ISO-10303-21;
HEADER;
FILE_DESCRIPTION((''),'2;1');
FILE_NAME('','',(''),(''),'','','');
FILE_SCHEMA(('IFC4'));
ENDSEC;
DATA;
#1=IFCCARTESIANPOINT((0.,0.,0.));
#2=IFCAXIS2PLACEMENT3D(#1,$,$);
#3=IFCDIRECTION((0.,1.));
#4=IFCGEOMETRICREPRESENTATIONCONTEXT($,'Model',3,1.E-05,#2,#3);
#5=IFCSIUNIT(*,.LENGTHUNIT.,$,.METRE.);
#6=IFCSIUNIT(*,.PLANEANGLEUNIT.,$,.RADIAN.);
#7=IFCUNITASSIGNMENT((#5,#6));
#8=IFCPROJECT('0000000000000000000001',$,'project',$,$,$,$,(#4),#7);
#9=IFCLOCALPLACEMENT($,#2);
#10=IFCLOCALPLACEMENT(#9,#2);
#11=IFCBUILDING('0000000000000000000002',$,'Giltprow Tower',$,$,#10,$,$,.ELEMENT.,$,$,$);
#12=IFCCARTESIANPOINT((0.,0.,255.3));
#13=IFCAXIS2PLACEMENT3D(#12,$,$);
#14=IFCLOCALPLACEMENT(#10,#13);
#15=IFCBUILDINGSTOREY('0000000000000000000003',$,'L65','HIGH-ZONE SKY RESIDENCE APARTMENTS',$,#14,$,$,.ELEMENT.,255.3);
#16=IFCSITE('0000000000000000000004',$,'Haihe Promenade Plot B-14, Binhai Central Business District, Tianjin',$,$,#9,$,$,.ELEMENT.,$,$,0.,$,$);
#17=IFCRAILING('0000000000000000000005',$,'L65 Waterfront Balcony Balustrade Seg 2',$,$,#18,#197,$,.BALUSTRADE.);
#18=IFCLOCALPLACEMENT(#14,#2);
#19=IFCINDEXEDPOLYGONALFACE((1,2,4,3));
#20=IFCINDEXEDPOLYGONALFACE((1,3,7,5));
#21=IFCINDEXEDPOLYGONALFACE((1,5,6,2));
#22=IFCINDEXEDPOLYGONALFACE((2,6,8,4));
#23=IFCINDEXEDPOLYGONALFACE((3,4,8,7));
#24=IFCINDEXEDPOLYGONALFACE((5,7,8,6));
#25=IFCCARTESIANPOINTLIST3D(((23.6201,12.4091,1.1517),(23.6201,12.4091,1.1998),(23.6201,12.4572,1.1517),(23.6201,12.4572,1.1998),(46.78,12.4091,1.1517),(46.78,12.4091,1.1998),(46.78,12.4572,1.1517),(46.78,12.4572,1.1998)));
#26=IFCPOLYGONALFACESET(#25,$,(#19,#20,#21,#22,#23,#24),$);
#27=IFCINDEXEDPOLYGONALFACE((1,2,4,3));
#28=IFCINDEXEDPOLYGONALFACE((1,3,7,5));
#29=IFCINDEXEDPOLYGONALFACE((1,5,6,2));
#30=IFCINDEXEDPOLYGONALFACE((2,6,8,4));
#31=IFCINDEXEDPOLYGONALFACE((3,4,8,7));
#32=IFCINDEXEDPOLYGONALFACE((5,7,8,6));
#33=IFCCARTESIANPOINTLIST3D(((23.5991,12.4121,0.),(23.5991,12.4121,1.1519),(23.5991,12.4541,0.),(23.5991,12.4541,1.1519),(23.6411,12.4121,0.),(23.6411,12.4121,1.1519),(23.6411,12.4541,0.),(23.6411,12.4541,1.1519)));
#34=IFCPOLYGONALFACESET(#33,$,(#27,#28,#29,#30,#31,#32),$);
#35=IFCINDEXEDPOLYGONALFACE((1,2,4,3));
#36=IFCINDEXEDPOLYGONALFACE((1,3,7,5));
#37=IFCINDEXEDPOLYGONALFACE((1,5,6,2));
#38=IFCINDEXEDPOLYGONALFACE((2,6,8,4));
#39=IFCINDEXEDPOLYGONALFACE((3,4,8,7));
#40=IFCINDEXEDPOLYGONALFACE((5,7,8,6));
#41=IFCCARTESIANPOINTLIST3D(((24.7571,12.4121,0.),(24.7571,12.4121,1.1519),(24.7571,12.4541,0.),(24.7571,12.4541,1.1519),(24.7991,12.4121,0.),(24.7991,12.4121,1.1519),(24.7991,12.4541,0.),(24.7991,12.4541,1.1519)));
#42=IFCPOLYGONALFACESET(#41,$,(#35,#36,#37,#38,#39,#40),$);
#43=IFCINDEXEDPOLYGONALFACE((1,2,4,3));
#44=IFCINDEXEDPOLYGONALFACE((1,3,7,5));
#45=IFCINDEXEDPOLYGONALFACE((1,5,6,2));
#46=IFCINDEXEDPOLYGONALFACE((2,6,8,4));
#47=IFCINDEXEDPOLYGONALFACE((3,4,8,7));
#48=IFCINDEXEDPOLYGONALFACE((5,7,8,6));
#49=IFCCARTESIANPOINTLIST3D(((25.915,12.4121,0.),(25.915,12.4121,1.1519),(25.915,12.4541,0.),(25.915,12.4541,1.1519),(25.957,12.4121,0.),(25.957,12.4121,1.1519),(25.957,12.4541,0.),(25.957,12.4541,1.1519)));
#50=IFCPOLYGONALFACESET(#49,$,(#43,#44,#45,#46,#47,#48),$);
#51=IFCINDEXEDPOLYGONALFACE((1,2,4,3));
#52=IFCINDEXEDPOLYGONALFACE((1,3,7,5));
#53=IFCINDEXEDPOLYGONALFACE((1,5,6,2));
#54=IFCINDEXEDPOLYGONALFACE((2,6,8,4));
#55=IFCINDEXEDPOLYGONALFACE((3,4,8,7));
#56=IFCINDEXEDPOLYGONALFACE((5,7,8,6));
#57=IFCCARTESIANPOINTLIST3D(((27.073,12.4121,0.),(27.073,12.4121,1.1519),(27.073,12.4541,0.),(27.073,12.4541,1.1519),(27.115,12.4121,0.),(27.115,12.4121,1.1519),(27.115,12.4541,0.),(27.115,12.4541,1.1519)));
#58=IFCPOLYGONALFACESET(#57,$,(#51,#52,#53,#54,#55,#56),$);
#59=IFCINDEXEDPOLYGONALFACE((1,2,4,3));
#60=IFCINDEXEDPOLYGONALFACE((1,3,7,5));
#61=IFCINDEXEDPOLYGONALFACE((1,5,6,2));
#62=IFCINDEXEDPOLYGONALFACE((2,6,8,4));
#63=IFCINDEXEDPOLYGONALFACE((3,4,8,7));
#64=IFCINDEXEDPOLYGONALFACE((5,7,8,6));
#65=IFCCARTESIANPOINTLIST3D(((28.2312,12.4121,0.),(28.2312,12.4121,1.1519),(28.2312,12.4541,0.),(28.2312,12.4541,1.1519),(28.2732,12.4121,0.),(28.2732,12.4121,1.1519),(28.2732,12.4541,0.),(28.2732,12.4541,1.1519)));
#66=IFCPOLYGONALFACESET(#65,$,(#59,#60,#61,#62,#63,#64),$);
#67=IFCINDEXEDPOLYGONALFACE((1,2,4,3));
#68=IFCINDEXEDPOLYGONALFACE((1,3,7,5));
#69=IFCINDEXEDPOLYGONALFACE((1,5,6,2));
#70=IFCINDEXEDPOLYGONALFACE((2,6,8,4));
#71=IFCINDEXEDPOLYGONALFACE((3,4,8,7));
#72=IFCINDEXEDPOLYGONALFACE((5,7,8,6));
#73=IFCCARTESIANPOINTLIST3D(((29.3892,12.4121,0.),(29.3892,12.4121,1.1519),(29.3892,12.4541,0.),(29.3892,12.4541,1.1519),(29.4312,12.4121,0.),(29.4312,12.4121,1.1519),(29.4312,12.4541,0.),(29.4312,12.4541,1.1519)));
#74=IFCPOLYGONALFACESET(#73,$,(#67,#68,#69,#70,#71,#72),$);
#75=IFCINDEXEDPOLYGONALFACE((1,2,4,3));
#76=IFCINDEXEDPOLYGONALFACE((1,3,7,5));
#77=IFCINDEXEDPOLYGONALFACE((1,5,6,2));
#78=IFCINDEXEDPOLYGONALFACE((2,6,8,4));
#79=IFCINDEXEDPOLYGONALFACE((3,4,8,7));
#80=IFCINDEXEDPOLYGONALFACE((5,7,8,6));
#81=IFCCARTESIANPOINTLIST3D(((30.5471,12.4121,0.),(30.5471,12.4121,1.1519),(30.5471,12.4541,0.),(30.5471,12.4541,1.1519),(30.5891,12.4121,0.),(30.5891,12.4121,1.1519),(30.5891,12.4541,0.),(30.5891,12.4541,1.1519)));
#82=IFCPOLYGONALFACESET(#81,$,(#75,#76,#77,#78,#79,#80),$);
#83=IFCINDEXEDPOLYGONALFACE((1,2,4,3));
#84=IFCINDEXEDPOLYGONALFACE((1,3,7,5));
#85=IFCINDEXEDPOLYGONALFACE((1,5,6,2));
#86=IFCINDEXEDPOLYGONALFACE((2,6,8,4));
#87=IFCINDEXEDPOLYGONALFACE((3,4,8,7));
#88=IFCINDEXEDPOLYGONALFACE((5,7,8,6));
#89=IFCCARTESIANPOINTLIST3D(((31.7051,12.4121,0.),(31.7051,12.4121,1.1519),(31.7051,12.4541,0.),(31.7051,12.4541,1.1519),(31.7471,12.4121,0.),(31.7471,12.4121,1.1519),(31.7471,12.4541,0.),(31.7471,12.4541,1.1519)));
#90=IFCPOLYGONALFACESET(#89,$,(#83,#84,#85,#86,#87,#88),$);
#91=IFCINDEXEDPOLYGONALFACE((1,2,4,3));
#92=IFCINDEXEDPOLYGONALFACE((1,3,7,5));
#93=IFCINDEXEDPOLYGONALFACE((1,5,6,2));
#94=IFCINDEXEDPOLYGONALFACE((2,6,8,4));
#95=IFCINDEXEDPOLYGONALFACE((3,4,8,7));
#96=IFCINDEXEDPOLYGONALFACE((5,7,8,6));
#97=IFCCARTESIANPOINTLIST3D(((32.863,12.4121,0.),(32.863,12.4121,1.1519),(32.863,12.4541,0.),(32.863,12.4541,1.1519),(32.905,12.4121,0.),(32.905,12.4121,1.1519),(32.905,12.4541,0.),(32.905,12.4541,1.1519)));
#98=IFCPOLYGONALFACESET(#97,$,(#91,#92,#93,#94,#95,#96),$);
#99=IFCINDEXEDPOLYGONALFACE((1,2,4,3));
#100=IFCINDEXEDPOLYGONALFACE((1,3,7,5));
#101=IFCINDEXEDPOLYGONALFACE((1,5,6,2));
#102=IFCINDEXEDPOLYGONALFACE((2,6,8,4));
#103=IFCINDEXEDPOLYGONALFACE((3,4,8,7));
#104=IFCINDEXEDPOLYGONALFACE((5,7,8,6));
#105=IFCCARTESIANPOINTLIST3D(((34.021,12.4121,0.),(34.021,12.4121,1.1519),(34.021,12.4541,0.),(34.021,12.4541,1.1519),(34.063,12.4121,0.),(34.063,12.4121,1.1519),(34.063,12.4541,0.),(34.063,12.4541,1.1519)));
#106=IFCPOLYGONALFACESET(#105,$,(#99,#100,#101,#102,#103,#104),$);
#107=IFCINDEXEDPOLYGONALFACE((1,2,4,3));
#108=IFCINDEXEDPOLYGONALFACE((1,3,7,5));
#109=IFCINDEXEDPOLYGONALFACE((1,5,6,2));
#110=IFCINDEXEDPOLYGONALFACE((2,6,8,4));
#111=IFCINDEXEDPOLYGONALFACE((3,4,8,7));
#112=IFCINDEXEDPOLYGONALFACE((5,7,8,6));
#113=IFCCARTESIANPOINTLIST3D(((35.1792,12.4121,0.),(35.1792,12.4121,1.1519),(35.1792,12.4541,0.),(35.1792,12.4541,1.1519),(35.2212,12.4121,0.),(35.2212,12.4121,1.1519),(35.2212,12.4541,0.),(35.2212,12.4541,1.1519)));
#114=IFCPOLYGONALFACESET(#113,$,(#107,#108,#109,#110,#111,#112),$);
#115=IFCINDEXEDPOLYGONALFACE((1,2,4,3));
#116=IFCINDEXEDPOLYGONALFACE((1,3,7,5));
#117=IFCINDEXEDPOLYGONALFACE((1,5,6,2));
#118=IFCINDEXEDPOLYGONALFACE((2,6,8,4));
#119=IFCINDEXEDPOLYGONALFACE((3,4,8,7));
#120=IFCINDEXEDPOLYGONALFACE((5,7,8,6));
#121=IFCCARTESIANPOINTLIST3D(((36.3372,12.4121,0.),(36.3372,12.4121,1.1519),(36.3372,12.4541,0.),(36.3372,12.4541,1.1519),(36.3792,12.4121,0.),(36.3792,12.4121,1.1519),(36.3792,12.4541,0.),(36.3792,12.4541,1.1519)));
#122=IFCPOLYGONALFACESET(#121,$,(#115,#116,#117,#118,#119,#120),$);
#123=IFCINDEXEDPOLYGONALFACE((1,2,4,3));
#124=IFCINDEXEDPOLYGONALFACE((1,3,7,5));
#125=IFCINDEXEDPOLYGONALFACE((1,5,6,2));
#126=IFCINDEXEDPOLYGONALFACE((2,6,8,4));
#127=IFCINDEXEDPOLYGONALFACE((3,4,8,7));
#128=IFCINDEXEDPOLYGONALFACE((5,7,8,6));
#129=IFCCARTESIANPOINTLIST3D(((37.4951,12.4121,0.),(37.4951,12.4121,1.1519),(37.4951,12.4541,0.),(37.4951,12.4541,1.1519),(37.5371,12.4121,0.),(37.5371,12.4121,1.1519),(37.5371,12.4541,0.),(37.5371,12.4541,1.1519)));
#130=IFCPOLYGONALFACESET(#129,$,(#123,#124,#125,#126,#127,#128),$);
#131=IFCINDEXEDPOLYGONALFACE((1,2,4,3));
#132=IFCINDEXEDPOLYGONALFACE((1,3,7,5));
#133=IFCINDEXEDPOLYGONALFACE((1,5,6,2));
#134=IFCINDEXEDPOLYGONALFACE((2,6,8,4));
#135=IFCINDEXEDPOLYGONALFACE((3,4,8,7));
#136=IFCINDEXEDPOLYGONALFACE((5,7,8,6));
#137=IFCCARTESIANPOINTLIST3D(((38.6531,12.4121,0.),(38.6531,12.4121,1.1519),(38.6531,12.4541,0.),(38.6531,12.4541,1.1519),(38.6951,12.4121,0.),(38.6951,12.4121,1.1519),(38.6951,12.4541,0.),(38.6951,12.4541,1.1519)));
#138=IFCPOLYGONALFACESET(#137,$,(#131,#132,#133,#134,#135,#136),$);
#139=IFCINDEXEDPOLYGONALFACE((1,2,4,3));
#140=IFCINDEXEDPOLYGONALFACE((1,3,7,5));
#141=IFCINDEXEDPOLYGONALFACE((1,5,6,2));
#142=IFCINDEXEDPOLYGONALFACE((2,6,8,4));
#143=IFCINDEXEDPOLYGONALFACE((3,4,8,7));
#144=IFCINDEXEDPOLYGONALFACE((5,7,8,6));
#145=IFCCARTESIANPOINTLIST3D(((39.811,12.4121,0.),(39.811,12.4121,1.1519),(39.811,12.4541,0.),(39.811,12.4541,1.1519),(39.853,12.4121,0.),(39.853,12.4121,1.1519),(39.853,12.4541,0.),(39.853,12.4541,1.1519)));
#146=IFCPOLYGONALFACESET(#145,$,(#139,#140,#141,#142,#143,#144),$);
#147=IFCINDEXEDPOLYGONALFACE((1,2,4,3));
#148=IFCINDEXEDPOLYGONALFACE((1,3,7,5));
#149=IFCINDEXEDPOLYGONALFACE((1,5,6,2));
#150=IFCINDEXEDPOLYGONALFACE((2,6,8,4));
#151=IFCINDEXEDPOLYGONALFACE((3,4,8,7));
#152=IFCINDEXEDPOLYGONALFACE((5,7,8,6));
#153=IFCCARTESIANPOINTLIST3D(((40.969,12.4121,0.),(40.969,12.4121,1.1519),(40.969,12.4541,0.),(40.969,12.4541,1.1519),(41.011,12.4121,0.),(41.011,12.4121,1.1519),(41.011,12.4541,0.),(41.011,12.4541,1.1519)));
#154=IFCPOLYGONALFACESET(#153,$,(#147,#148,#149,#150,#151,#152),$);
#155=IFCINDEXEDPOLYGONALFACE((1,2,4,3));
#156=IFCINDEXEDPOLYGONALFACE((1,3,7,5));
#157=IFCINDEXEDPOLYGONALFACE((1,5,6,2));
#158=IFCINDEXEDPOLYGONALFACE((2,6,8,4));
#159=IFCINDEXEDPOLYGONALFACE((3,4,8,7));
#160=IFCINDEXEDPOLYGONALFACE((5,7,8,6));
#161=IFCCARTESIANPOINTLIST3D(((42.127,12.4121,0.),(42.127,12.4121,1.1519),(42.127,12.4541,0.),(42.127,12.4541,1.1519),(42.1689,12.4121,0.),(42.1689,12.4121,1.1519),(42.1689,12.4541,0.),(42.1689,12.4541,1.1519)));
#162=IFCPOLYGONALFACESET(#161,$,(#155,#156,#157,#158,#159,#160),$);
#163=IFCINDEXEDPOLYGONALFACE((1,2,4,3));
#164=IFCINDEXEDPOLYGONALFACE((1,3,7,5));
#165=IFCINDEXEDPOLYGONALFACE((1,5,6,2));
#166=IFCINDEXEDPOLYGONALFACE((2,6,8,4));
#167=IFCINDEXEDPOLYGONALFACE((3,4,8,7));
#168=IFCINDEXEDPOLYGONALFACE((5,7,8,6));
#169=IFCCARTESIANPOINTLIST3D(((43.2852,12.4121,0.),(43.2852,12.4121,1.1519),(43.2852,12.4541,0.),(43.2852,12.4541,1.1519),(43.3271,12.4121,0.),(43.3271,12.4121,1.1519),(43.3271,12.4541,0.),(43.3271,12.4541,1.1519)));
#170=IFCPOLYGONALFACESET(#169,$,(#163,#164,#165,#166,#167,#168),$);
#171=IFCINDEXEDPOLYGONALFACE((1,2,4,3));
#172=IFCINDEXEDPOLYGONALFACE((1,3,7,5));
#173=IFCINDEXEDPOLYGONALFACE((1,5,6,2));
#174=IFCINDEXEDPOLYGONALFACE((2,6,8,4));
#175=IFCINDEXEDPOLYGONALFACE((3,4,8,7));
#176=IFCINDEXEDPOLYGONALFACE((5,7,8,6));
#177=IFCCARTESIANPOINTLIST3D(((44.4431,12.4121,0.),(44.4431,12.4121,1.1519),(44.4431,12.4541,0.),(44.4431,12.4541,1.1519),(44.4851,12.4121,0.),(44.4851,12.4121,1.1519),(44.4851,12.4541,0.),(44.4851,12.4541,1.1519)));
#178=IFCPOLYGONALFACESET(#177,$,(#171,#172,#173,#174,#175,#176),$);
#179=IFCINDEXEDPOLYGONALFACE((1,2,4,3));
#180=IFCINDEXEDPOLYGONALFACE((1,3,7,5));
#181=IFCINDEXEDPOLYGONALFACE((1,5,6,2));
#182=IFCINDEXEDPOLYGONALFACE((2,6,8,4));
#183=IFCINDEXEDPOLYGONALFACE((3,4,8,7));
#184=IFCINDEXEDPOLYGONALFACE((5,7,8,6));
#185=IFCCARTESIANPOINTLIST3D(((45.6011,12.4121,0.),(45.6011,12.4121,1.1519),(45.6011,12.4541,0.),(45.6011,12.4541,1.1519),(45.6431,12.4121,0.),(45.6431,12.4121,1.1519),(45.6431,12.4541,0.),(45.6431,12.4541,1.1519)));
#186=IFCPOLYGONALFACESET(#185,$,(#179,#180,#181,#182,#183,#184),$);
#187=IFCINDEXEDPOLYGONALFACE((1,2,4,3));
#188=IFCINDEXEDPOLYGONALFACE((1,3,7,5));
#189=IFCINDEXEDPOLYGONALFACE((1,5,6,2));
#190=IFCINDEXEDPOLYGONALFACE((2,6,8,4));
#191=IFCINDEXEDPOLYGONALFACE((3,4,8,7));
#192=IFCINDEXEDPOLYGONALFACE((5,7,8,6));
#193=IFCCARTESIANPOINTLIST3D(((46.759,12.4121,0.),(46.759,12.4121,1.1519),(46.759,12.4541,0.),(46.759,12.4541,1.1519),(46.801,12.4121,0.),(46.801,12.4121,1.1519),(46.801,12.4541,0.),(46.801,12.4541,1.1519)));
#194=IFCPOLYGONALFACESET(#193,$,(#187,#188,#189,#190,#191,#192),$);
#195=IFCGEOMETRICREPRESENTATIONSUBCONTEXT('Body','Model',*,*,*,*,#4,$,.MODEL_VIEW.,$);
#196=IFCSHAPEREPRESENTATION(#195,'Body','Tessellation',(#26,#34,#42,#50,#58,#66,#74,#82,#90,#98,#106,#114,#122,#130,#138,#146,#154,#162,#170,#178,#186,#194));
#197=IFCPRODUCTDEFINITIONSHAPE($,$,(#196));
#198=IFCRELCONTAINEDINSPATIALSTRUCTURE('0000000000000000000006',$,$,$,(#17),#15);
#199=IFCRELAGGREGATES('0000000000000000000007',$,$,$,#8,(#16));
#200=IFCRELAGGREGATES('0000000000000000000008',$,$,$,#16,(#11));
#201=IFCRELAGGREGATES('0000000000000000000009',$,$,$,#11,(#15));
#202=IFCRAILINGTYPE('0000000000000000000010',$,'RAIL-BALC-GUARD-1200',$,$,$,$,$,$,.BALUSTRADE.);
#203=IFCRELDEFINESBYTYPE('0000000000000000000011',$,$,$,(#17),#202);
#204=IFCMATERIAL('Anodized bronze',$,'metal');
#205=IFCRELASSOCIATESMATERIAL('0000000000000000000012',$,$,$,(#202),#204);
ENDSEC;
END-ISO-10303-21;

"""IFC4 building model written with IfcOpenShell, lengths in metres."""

from ifc_helpers import new_model, si_unit, direction, frame, origin, origin_2d, place, context, subcontext, project, spatial, rectangle, extrude, material, type_object, element, save


model = new_model("IFC4")

# Units and contexts
model_context = context("Model", 3, precision=1e-05, world=origin(), true_north=direction((0.0, 1.0)))
body_context = subcontext(model_context, "Body", "Model", "MODEL_VIEW")
ifc_project = project(units=[si_unit("LENGTHUNIT", "METRE"), si_unit("PLANEANGLEUNIT", "RADIAN")], contexts=[model_context])

# Site, building, storey
site_placement = place(None, origin())
site = spatial("IfcSite", under=ifc_project, at=site_placement, Name="Haihe Promenade Plot B-14, Binhai Central Business District, Tianjin", CompositionType="ELEMENT", RefElevation=0.0)
building_placement = place(site_placement, origin())
building = spatial("IfcBuilding", under=site, at=building_placement, Name="Giltprow Tower", CompositionType="ELEMENT")
storey_placement = place(building_placement, frame((0.0, 0.0, 255.3)))
storey = spatial("IfcBuildingStorey", under=building, at=storey_placement, Name="L65", Description="HIGH-ZONE SKY RESIDENCE APARTMENTS", CompositionType="ELEMENT", Elevation=255.3)

# Railing
ifc_material_1 = material(Name="Anodized bronze", Category="metal")
railing_type = type_object("IfcRailingType", Name="RAIL-BALC-GUARD-1200", PredefinedType="BALUSTRADE", material=ifc_material_1)
railing_1_placement = place(storey_placement, frame((23.6201, 12.4331, 0.0)))
element("IfcRailing", 1, at=railing_1_placement, inside=storey, type_object=railing_type, Name="L65 Waterfront Balcony Balustrade Seg 2", PredefinedType="BALUSTRADE", context=body_context, shape_type="SweptSolid", body=[
    extrude(rectangle(XDim=0.0481, YDim=0.0481, at=origin_2d()), frame((0.0, 0.0, 1.1758), z_axis=(1.0, 0.0, 0.0), x_axis=(0.0, 1.0, 0.0)), (0.0, 0.0, 1.0), 23.1599),
    extrude(rectangle(XDim=0.042, YDim=0.042, at=origin_2d()), origin(), (0.0, 0.0, 1.0), 1.1519),
    extrude(rectangle(XDim=0.042, YDim=0.042, at=origin_2d()), frame((1.158, 0.0, 0.0)), (0.0, 0.0, 1.0), 1.1519),
    extrude(rectangle(XDim=0.042, YDim=0.042, at=origin_2d()), frame((2.3159, 0.0, 0.0)), (0.0, 0.0, 1.0), 1.1519),
    extrude(rectangle(XDim=0.042, YDim=0.042, at=origin_2d()), frame((3.4739, 0.0, 0.0)), (0.0, 0.0, 1.0), 1.1519),
    extrude(rectangle(XDim=0.042, YDim=0.042, at=origin_2d()), frame((4.6321, 0.0, 0.0)), (0.0, 0.0, 1.0), 1.1519),
    extrude(rectangle(XDim=0.042, YDim=0.042, at=origin_2d()), frame((5.79, 0.0, 0.0)), (0.0, 0.0, 1.0), 1.1519),
    extrude(rectangle(XDim=0.042, YDim=0.042, at=origin_2d()), frame((6.948, 0.0, 0.0)), (0.0, 0.0, 1.0), 1.1519),
    extrude(rectangle(XDim=0.042, YDim=0.042, at=origin_2d()), frame((8.106, 0.0, 0.0)), (0.0, 0.0, 1.0), 1.1519),
    extrude(rectangle(XDim=0.042, YDim=0.042, at=origin_2d()), frame((9.2639, 0.0, 0.0)), (0.0, 0.0, 1.0), 1.1519),
    extrude(rectangle(XDim=0.042, YDim=0.042, at=origin_2d()), frame((10.4219, 0.0, 0.0)), (0.0, 0.0, 1.0), 1.1519),
    extrude(rectangle(XDim=0.042, YDim=0.042, at=origin_2d()), frame((11.5801, 0.0, 0.0)), (0.0, 0.0, 1.0), 1.1519),
    extrude(rectangle(XDim=0.042, YDim=0.042, at=origin_2d()), frame((12.738, 0.0, 0.0)), (0.0, 0.0, 1.0), 1.1519),
    extrude(rectangle(XDim=0.042, YDim=0.042, at=origin_2d()), frame((13.896, 0.0, 0.0)), (0.0, 0.0, 1.0), 1.1519),
    extrude(rectangle(XDim=0.042, YDim=0.042, at=origin_2d()), frame((15.054, 0.0, 0.0)), (0.0, 0.0, 1.0), 1.1519),
    extrude(rectangle(XDim=0.042, YDim=0.042, at=origin_2d()), frame((16.2119, 0.0, 0.0)), (0.0, 0.0, 1.0), 1.1519),
    extrude(rectangle(XDim=0.042, YDim=0.042, at=origin_2d()), frame((17.3699, 0.0, 0.0)), (0.0, 0.0, 1.0), 1.1519),
    extrude(rectangle(XDim=0.042, YDim=0.042, at=origin_2d()), frame((18.5278, 0.0, 0.0)), (0.0, 0.0, 1.0), 1.1519),
    extrude(rectangle(XDim=0.042, YDim=0.042, at=origin_2d()), frame((19.686, 0.0, 0.0)), (0.0, 0.0, 1.0), 1.1519),
    extrude(rectangle(XDim=0.042, YDim=0.042, at=origin_2d()), frame((20.844, 0.0, 0.0)), (0.0, 0.0, 1.0), 1.1519),
    extrude(rectangle(XDim=0.042, YDim=0.042, at=origin_2d()), frame((22.002, 0.0, 0.0)), (0.0, 0.0, 1.0), 1.1519),
    extrude(rectangle(XDim=0.042, YDim=0.042, at=origin_2d()), frame((23.1599, 0.0, 0.0)), (0.0, 0.0, 1.0), 1.1519),
])

save(model, "model.ifc")
